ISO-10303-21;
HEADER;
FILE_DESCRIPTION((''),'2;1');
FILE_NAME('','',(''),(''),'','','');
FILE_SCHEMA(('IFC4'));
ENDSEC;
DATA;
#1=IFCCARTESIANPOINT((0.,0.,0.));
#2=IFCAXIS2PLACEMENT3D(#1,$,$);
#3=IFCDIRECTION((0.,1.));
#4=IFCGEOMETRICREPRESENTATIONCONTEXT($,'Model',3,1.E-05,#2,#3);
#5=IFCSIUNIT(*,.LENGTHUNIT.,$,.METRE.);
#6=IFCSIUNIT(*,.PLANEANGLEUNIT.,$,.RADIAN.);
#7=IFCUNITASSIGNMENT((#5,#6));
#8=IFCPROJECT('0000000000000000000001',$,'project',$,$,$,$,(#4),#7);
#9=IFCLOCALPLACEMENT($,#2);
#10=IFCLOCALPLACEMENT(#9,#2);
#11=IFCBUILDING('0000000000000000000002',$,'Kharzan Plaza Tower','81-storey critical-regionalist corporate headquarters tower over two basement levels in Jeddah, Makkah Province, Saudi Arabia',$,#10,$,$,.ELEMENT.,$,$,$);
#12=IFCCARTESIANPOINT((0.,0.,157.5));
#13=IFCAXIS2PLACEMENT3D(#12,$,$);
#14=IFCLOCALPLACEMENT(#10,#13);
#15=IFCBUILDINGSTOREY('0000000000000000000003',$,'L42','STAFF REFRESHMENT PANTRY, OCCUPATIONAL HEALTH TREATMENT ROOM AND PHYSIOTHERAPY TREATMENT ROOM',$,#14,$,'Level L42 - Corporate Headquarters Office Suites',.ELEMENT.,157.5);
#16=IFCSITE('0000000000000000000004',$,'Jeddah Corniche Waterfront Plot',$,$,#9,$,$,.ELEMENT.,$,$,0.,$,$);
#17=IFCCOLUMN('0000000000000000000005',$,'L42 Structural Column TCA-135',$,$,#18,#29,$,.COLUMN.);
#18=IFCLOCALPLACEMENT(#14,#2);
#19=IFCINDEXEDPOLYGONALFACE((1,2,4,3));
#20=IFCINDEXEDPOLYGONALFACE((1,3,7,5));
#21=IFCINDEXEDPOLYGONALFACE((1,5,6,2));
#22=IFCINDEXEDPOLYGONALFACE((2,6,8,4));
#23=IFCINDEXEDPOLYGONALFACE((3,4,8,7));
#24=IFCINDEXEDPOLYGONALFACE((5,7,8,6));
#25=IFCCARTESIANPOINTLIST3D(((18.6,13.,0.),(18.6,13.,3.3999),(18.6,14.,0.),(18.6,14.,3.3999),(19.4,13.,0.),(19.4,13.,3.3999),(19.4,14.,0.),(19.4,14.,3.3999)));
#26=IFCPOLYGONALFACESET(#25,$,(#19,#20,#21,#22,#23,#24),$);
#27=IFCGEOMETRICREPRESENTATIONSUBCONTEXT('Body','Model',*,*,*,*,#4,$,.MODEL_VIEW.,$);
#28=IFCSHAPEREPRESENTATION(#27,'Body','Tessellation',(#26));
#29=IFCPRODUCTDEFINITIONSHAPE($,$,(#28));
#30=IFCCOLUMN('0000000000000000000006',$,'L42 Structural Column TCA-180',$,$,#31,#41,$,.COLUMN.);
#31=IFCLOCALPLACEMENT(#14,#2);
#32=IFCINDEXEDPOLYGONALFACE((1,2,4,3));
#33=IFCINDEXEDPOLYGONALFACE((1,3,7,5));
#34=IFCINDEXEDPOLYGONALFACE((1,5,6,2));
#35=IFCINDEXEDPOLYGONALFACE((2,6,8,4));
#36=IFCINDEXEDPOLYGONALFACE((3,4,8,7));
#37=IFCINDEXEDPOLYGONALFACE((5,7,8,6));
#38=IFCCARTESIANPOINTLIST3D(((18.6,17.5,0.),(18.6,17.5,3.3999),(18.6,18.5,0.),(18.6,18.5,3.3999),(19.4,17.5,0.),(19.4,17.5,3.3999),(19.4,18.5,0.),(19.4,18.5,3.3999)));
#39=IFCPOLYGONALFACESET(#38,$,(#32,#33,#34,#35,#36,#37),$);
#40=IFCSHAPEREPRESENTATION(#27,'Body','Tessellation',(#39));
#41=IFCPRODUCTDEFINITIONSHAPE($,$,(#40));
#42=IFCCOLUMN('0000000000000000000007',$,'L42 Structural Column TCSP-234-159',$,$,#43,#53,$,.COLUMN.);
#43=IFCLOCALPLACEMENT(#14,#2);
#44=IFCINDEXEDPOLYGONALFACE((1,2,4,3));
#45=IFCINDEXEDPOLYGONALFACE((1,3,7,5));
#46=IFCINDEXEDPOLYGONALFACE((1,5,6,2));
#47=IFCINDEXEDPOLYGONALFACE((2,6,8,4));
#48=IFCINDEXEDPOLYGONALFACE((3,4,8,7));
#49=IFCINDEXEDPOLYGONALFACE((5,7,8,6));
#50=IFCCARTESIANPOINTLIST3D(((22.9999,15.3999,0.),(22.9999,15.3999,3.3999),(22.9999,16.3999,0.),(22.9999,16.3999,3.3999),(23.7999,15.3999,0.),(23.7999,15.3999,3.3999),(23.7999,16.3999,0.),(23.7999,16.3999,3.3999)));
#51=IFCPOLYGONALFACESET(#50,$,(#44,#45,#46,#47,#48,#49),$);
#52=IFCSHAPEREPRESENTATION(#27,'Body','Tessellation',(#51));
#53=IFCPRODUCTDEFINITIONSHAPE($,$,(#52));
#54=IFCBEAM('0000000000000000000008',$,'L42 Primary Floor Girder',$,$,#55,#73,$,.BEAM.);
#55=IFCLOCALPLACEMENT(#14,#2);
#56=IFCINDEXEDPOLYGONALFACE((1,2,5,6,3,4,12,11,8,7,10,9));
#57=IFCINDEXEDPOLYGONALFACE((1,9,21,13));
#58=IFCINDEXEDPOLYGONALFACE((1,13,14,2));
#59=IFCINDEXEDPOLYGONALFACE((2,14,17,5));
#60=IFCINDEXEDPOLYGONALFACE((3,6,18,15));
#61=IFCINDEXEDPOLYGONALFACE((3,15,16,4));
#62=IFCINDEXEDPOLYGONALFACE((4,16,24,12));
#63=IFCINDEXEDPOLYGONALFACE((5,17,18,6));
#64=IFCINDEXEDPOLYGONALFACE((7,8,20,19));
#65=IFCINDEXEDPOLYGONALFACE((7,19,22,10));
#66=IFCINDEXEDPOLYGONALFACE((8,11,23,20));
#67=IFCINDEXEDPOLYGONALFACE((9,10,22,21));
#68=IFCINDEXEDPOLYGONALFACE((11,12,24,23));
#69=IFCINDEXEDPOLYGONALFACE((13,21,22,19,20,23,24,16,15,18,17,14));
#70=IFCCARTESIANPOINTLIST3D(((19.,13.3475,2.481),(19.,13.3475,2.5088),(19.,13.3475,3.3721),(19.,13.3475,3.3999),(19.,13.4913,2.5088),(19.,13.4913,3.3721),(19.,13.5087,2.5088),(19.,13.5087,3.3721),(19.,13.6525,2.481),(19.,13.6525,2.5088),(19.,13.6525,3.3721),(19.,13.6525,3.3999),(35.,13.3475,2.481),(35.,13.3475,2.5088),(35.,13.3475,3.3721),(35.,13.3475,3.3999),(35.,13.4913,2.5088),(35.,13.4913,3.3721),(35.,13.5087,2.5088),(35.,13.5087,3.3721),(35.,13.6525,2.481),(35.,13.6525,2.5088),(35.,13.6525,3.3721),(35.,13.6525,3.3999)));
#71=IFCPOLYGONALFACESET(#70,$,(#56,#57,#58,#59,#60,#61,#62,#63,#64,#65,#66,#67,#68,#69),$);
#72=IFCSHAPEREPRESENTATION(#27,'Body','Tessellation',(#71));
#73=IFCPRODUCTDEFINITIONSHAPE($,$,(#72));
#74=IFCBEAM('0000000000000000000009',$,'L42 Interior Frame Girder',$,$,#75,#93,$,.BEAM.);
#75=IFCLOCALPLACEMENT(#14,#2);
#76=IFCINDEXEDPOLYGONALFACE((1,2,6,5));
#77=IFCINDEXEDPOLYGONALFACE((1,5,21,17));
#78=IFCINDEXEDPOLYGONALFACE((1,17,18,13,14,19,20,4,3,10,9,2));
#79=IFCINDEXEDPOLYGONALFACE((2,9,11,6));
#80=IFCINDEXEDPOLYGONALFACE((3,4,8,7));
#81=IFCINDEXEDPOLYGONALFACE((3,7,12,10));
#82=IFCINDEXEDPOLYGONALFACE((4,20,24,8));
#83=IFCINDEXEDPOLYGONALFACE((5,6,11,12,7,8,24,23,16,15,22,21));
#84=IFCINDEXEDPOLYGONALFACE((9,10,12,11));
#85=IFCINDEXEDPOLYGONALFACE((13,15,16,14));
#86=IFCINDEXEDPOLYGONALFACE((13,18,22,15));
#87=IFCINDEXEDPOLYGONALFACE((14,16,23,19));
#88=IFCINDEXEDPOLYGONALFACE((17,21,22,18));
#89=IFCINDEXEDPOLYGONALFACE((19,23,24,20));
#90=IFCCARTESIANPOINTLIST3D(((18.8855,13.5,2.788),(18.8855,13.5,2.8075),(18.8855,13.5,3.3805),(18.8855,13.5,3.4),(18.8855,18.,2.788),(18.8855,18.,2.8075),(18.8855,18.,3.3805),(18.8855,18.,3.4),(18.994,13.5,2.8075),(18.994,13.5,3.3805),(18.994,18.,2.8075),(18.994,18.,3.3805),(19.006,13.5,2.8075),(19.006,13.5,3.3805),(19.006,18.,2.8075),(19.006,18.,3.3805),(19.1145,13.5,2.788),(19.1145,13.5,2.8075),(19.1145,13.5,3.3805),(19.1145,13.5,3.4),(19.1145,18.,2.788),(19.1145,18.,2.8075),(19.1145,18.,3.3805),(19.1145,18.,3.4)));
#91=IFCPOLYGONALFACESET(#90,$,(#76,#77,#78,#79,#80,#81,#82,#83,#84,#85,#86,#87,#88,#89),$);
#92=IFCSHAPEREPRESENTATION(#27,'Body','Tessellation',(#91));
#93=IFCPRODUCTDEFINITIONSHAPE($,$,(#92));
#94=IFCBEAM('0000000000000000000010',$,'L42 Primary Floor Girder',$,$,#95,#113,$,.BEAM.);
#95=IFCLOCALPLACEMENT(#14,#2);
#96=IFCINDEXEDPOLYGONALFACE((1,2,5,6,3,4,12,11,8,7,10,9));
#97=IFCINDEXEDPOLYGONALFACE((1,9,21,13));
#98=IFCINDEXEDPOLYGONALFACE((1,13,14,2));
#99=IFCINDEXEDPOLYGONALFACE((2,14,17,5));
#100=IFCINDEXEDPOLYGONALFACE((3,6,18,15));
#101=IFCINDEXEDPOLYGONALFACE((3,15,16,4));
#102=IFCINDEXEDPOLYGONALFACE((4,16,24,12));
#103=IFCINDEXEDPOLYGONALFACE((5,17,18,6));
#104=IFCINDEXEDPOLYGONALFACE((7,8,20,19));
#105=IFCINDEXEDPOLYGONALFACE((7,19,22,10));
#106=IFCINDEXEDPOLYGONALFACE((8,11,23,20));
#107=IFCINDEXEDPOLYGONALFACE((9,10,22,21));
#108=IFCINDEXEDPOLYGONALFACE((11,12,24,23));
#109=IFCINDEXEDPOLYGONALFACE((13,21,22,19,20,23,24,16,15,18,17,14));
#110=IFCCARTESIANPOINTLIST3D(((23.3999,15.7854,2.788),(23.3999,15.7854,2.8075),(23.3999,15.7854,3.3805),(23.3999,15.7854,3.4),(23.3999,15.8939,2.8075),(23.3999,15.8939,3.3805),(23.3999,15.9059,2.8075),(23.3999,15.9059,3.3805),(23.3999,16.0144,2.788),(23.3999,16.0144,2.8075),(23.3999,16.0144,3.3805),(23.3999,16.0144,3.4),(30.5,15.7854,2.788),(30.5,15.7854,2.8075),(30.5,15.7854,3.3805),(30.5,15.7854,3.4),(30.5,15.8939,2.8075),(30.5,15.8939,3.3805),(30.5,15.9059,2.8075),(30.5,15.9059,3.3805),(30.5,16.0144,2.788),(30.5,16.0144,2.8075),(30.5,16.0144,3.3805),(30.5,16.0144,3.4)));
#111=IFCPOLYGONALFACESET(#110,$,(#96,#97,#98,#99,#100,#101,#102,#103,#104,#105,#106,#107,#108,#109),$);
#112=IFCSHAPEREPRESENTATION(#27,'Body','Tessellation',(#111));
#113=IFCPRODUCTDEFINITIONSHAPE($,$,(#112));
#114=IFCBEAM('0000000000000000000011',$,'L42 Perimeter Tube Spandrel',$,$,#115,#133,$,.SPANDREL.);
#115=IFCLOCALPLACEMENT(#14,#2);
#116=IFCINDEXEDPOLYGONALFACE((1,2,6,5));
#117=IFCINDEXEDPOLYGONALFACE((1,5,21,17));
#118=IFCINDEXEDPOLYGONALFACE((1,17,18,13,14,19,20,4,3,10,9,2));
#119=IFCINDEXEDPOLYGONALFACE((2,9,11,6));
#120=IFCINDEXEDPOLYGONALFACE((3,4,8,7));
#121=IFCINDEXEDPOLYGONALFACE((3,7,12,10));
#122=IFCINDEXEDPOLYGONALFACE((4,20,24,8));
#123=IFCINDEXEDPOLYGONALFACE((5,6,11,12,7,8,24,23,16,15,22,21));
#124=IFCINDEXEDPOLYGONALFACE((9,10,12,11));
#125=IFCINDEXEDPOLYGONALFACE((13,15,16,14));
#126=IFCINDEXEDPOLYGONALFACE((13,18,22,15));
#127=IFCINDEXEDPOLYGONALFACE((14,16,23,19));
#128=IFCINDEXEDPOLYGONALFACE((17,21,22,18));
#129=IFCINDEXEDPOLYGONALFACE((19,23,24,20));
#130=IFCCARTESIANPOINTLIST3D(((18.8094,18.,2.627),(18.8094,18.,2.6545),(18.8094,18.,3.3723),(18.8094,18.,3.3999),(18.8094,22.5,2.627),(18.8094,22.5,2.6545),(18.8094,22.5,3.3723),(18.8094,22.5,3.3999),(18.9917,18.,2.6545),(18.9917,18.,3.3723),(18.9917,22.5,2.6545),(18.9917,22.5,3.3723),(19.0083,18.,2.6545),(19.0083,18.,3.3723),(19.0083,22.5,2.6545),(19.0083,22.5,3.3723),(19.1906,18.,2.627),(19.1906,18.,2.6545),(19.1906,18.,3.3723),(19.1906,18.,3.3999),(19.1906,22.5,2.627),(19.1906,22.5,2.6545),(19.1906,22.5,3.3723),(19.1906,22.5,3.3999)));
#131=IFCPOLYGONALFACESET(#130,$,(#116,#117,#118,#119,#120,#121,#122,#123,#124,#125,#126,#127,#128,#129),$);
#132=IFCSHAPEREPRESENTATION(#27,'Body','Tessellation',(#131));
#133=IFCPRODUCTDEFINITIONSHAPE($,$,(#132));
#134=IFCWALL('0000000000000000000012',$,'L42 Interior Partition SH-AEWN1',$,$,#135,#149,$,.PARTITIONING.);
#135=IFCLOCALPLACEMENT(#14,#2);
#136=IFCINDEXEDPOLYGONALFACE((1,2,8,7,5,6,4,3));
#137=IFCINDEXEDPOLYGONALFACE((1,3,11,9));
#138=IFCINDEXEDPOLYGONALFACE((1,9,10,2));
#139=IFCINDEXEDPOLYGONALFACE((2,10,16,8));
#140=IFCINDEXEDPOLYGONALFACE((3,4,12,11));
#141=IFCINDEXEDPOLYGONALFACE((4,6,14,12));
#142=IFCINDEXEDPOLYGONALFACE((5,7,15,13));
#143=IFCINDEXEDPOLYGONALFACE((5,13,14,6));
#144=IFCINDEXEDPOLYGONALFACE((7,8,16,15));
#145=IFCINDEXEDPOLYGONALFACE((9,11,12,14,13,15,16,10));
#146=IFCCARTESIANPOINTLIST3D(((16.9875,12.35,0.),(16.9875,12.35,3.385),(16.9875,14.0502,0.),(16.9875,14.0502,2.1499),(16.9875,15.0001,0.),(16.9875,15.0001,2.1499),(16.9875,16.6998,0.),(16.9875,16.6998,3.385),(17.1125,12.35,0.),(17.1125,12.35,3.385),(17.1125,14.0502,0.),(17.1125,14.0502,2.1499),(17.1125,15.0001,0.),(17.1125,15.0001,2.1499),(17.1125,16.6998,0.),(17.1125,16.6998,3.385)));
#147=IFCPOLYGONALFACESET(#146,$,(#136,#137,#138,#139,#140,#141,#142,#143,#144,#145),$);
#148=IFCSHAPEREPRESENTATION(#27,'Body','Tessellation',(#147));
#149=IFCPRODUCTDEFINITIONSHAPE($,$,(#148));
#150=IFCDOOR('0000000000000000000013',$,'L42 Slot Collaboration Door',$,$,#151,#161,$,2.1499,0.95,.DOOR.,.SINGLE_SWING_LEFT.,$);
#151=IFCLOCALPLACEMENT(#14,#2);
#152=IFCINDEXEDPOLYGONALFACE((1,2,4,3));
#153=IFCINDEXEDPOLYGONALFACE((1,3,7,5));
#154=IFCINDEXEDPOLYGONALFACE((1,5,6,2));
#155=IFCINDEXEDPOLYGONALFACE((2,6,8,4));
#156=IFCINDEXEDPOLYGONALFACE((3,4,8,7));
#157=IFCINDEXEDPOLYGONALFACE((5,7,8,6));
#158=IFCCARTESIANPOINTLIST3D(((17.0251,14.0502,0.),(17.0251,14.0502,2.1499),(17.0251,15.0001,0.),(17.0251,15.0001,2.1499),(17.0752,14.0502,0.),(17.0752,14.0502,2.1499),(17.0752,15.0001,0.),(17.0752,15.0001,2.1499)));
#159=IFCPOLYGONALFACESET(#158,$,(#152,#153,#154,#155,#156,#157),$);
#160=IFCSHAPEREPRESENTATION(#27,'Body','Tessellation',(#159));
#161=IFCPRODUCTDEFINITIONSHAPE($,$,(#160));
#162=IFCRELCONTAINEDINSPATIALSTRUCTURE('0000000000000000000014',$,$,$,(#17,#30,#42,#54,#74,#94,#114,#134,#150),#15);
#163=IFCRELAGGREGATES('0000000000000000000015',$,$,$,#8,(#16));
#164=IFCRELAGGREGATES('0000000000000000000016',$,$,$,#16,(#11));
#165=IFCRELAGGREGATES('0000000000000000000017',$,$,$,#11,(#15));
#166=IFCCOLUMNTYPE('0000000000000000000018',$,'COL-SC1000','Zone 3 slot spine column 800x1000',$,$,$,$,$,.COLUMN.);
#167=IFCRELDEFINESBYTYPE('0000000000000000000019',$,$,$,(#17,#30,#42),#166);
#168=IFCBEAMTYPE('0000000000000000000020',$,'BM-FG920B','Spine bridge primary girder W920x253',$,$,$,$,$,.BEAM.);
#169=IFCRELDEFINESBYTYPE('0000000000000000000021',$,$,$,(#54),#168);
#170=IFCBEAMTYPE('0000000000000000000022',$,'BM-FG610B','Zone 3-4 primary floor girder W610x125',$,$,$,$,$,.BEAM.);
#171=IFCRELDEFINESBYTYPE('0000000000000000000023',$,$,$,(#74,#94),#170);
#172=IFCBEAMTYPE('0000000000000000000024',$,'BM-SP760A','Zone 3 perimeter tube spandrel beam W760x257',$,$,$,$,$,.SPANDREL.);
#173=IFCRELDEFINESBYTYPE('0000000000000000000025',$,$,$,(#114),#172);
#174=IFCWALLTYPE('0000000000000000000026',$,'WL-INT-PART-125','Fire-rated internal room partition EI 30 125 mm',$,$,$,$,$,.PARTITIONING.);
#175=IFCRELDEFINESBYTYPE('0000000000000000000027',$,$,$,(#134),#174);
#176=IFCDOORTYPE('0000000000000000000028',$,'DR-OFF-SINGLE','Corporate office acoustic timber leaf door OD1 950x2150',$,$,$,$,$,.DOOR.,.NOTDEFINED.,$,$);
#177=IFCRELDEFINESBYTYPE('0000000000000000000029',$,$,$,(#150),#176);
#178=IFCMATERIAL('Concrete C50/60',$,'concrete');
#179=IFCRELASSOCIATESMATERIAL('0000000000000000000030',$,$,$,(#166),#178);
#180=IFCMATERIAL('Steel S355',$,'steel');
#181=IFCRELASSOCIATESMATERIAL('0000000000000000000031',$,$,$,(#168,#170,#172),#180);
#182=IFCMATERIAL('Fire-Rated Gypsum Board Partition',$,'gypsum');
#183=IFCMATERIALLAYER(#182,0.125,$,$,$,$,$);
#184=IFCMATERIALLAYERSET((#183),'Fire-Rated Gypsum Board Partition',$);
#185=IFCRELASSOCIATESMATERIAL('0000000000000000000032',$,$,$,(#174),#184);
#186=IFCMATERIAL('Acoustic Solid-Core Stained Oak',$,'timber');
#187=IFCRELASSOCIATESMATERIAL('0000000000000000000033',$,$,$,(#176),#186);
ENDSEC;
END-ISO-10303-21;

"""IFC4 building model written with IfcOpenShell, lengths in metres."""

from ifc_helpers import new_model, si_unit, direction, frame, frame_2d, origin, origin_2d, place, context, subcontext, project, spatial, rectangle, i_section, extrude, source, transform, mapped, material, layer, layer_set, material_profile, profile_set, type_object, element, fill, save


model = new_model("IFC4")

# Units and contexts
model_context = context("Model", 3, precision=1e-05, world=origin(), true_north=direction((0.0, 1.0)))
body_context = subcontext(model_context, "Body", "Model", "MODEL_VIEW")
ifc_project = project(units=[si_unit("LENGTHUNIT", "METRE"), si_unit("PLANEANGLEUNIT", "RADIAN")], contexts=[model_context])

# Site, building, storey
site_placement = place(None, origin())
site = spatial("IfcSite", under=ifc_project, at=site_placement, Name="Jeddah Corniche Waterfront Plot", CompositionType="ELEMENT", RefElevation=0.0)
building_placement = place(site_placement, origin())
building = spatial("IfcBuilding", under=site, at=building_placement, Name="Kharzan Plaza Tower", Description="81-storey critical-regionalist corporate headquarters tower over two basement levels in Jeddah, Makkah Province, Saudi Arabia", CompositionType="ELEMENT")
storey_placement = place(building_placement, frame((0.0, 0.0, 157.5)))
storey = spatial("IfcBuildingStorey", under=building, at=storey_placement, Name="L42", Description="STAFF REFRESHMENT PANTRY, OCCUPATIONAL HEALTH TREATMENT ROOM AND PHYSIOTHERAPY TREATMENT ROOM", LongName="Level L42 - Corporate Headquarters Office Suites", CompositionType="ELEMENT", Elevation=157.5)

# Columns
ifc_material_1 = material(Name="Concrete C50/60", Category="concrete")
ifc_material_profile_1 = material_profile(ifc_material_1, rectangle(XDim=0.8, YDim=1.0, at=origin_2d()), Name="RC-SC1000x800")
ifc_profile_set_1 = profile_set([ifc_material_profile_1], Name="Concrete C50/60")
column_type = type_object("IfcColumnType", Name="COL-SC1000", Description="Zone 3 slot spine column 800x1000", PredefinedType="COLUMN", material=ifc_profile_set_1)
shared_shape_1 = source(origin(), body_context, "Body", "SweptSolid", [
    extrude(rectangle(XDim=0.8, YDim=1.0, at=origin_2d()), origin(), (0.0, 0.0, 1.0), 3.3999),
])
for number, where, z_axis, x_axis, name in (
    (1, (19.0, 13.5, 0.0), (0.0, 0.0, 1.0), (1.0, 0.0, 0.0), "L42 Structural Column TCA-135"),
    (2, (19.0, 18.0, 0.0), (0.0, 0.0, 1.0), (1.0, 0.0, 0.0), "L42 Structural Column TCA-180"),
    (3, (23.3999, 15.8999, 0.0), (0.0, 0.0, 1.0), (1.0, 0.0, 0.0), "L42 Structural Column TCSP-234-159"),
):
    element("IfcColumn", number, at=place(storey_placement, frame(where, z_axis=z_axis, x_axis=x_axis)), inside=storey, type_object=column_type, Name=name, PredefinedType="COLUMN", context=body_context, shape_type="MappedRepresentation", body=[
        mapped(shared_shape_1, transform((0.0, 0.0, 0.0), x_axis=(1.0, 0.0, 0.0), y_axis=(0.0, 1.0, 0.0), z_axis=(0.0, 0.0, 1.0))),
    ])

# Beams
ifc_material_2 = material(Name="Steel S355", Category="steel")
ifc_material_profile_2 = material_profile(ifc_material_2, i_section(OverallWidth=0.3049, OverallDepth=0.9189, WebThickness=0.0173, FlangeThickness=0.0278, at=origin_2d()), Name="W920x253")
ifc_profile_set_2 = profile_set([ifc_material_profile_2], Name="Steel S355")
beam_type_1 = type_object("IfcBeamType", Name="BM-FG920B", Description="Spine bridge primary girder W920x253", PredefinedType="BEAM", material=ifc_profile_set_2)
shared_shape_2 = source(origin(), body_context, "Body", "SweptSolid", [
    extrude(i_section(OverallWidth=0.3049, OverallDepth=0.9189, WebThickness=0.0173, FlangeThickness=0.0278, at=origin_2d()), origin(), (0.0, 0.0, 1.0), 16.0),
])
beam_1_placement = place(storey_placement, frame((19.0, 13.5, 2.9404), z_axis=(1.0, 0.0, 0.0), x_axis=(0.0, 1.0, 0.0)))
element("IfcBeam", 4, at=beam_1_placement, inside=storey, type_object=beam_type_1, Name="L42 Primary Floor Girder", PredefinedType="BEAM", context=body_context, shape_type="MappedRepresentation", body=[
    mapped(shared_shape_2, transform((0.0, 0.0, 0.0), x_axis=(1.0, 0.0, 0.0), y_axis=(0.0, 1.0, 0.0), z_axis=(0.0, 0.0, 1.0))),
])
ifc_material_profile_3 = material_profile(ifc_material_2, i_section(OverallWidth=0.229, OverallDepth=0.6121, WebThickness=0.012, FlangeThickness=0.0195, at=origin_2d()), Name="W610x125")
ifc_profile_set_3 = profile_set([ifc_material_profile_3], Name="Steel S355")
beam_type_2 = type_object("IfcBeamType", Name="BM-FG610B", Description="Zone 3-4 primary floor girder W610x125", PredefinedType="BEAM", material=ifc_profile_set_3)
shared_shape_3 = source(origin(), body_context, "Body", "SweptSolid", [
    extrude(i_section(OverallWidth=0.229, OverallDepth=0.6121, WebThickness=0.012, FlangeThickness=0.0195, at=origin_2d()), origin(), (0.0, 0.0, 1.0), 4.5),
])
beam_2_placement = place(storey_placement, frame((19.0, 13.5, 3.094), z_axis=(0.0, 1.0, 0.0), x_axis=(-1.0, 0.0, 0.0)))
element("IfcBeam", 5, at=beam_2_placement, inside=storey, type_object=beam_type_2, Name="L42 Interior Frame Girder", PredefinedType="BEAM", context=body_context, shape_type="MappedRepresentation", body=[
    mapped(shared_shape_3, transform((0.0, 0.0, 0.0), x_axis=(1.0, 0.0, 0.0), y_axis=(0.0, 1.0, 0.0), z_axis=(0.0, 0.0, 1.0))),
])
shared_shape_4 = source(origin(), body_context, "Body", "SweptSolid", [
    extrude(i_section(OverallWidth=0.229, OverallDepth=0.6121, WebThickness=0.012, FlangeThickness=0.0195, at=origin_2d()), origin(), (0.0, 0.0, 1.0), 7.1001),
])
beam_3_placement = place(storey_placement, frame((23.3999, 15.8999, 3.094), z_axis=(1.0, 0.0, 0.0), x_axis=(0.0, 1.0, 0.0)))
element("IfcBeam", 6, at=beam_3_placement, inside=storey, type_object=beam_type_2, Name="L42 Primary Floor Girder", PredefinedType="BEAM", context=body_context, shape_type="MappedRepresentation", body=[
    mapped(shared_shape_4, transform((0.0, 0.0, 0.0), x_axis=(1.0, 0.0, 0.0), y_axis=(0.0, 1.0, 0.0), z_axis=(0.0, 0.0, 1.0))),
])
ifc_material_profile_4 = material_profile(ifc_material_2, i_section(OverallWidth=0.3811, OverallDepth=0.7729, WebThickness=0.0166, FlangeThickness=0.0276, at=origin_2d()), Name="W760x257")
ifc_profile_set_4 = profile_set([ifc_material_profile_4], Name="Steel S355")
beam_type_3 = type_object("IfcBeamType", Name="BM-SP760A", Description="Zone 3 perimeter tube spandrel beam W760x257", PredefinedType="SPANDREL", material=ifc_profile_set_4)
shared_shape_5 = source(origin(), body_context, "Body", "SweptSolid", [
    extrude(i_section(OverallWidth=0.3811, OverallDepth=0.7729, WebThickness=0.0166, FlangeThickness=0.0276, at=origin_2d()), origin(), (0.0, 0.0, 1.0), 4.5),
])
beam_4_placement = place(storey_placement, frame((19.0, 18.0, 3.0134), z_axis=(0.0, 1.0, 0.0), x_axis=(-1.0, 0.0, 0.0)))
element("IfcBeam", 7, at=beam_4_placement, inside=storey, type_object=beam_type_3, Name="L42 Perimeter Tube Spandrel", PredefinedType="SPANDREL", context=body_context, shape_type="MappedRepresentation", body=[
    mapped(shared_shape_5, transform((0.0, 0.0, 0.0), x_axis=(1.0, 0.0, 0.0), y_axis=(0.0, 1.0, 0.0), z_axis=(0.0, 0.0, 1.0))),
])

# Wall, opening, door
ifc_material_3 = material(Name="Fire-Rated Gypsum Board Partition", Category="gypsum")
ifc_layer_1 = layer(ifc_material_3, 0.125)
ifc_layer_set_1 = layer_set([ifc_layer_1], Name="Fire-Rated Gypsum Board Partition")
wall_type_1 = type_object("IfcWallType", Name="WL-INT-PART-125", Description="Fire-rated internal room partition EI 30 125 mm", PredefinedType="PARTITIONING", material=ifc_layer_set_1)
wall_1_placement = place(storey_placement, frame((17.05, 12.3501, 0.0), z_axis=(0.0, 0.0, 1.0), x_axis=(0.0, 1.0, 0.0)))
wall_1 = element("IfcWall", 8, at=wall_1_placement, inside=storey, type_object=wall_type_1, Name="L42 Interior Partition SH-AEWN1", PredefinedType="PARTITIONING", context=body_context, shape_type="SweptSolid", body=[
    extrude(rectangle(XDim=4.3499, YDim=0.125, at=frame_2d((2.1748, 0.0))), origin(), (0.0, 0.0, 1.0), 3.385),
])
opening_1_placement = place(wall_1_placement, frame((1.7, 0.0, 0.0)))
opening_1 = element("IfcOpeningElement", 9, at=opening_1_placement, cuts=wall_1, PredefinedType="OPENING", context=body_context, shape_type="SweptSolid", body=[
    extrude(rectangle(XDim=0.95, YDim=2.1499, at=frame_2d((0.4751, 1.075))), frame((0.0, 0.0725, 0.0), z_axis=(0.0, -1.0, 0.0), x_axis=(1.0, 0.0, 0.0)), (0.0, 0.0, 1.0), 0.145),
])
ifc_material_4 = material(Name="Acoustic Solid-Core Stained Oak", Category="timber")
door_type_1 = type_object("IfcDoorType", Name="DR-OFF-SINGLE", Description="Corporate office acoustic timber leaf door OD1 950x2150", OperationType="NOTDEFINED", PredefinedType="DOOR", material=ifc_material_4)
shared_shape_6 = source(origin(), body_context, "Body", "SweptSolid", [
    extrude(rectangle(XDim=0.95, YDim=2.1499, at=frame_2d((0.4751, 1.075))), frame((0.0, 0.0249, 0.0), z_axis=(0.0, -1.0, 0.0), x_axis=(1.0, 0.0, 0.0)), (0.0, 0.0, 1.0), 0.05),
])
door_1_placement = place(opening_1_placement, origin())
door_1 = element("IfcDoor", 10, at=door_1_placement, inside=storey, type_object=door_type_1, Name="L42 Slot Collaboration Door", OperationType="SINGLE_SWING_LEFT", OverallHeight=2.1499, OverallWidth=0.95, PredefinedType="DOOR", context=body_context, shape_type="MappedRepresentation", body=[
    mapped(shared_shape_6, transform((0.0, 0.0, 0.0), x_axis=(1.0, 0.0, 0.0), y_axis=(0.0, 1.0, 0.0), z_axis=(0.0, 0.0, 1.0))),
])
fill(opening_1, door_1)

save(model, "model.ifc")
